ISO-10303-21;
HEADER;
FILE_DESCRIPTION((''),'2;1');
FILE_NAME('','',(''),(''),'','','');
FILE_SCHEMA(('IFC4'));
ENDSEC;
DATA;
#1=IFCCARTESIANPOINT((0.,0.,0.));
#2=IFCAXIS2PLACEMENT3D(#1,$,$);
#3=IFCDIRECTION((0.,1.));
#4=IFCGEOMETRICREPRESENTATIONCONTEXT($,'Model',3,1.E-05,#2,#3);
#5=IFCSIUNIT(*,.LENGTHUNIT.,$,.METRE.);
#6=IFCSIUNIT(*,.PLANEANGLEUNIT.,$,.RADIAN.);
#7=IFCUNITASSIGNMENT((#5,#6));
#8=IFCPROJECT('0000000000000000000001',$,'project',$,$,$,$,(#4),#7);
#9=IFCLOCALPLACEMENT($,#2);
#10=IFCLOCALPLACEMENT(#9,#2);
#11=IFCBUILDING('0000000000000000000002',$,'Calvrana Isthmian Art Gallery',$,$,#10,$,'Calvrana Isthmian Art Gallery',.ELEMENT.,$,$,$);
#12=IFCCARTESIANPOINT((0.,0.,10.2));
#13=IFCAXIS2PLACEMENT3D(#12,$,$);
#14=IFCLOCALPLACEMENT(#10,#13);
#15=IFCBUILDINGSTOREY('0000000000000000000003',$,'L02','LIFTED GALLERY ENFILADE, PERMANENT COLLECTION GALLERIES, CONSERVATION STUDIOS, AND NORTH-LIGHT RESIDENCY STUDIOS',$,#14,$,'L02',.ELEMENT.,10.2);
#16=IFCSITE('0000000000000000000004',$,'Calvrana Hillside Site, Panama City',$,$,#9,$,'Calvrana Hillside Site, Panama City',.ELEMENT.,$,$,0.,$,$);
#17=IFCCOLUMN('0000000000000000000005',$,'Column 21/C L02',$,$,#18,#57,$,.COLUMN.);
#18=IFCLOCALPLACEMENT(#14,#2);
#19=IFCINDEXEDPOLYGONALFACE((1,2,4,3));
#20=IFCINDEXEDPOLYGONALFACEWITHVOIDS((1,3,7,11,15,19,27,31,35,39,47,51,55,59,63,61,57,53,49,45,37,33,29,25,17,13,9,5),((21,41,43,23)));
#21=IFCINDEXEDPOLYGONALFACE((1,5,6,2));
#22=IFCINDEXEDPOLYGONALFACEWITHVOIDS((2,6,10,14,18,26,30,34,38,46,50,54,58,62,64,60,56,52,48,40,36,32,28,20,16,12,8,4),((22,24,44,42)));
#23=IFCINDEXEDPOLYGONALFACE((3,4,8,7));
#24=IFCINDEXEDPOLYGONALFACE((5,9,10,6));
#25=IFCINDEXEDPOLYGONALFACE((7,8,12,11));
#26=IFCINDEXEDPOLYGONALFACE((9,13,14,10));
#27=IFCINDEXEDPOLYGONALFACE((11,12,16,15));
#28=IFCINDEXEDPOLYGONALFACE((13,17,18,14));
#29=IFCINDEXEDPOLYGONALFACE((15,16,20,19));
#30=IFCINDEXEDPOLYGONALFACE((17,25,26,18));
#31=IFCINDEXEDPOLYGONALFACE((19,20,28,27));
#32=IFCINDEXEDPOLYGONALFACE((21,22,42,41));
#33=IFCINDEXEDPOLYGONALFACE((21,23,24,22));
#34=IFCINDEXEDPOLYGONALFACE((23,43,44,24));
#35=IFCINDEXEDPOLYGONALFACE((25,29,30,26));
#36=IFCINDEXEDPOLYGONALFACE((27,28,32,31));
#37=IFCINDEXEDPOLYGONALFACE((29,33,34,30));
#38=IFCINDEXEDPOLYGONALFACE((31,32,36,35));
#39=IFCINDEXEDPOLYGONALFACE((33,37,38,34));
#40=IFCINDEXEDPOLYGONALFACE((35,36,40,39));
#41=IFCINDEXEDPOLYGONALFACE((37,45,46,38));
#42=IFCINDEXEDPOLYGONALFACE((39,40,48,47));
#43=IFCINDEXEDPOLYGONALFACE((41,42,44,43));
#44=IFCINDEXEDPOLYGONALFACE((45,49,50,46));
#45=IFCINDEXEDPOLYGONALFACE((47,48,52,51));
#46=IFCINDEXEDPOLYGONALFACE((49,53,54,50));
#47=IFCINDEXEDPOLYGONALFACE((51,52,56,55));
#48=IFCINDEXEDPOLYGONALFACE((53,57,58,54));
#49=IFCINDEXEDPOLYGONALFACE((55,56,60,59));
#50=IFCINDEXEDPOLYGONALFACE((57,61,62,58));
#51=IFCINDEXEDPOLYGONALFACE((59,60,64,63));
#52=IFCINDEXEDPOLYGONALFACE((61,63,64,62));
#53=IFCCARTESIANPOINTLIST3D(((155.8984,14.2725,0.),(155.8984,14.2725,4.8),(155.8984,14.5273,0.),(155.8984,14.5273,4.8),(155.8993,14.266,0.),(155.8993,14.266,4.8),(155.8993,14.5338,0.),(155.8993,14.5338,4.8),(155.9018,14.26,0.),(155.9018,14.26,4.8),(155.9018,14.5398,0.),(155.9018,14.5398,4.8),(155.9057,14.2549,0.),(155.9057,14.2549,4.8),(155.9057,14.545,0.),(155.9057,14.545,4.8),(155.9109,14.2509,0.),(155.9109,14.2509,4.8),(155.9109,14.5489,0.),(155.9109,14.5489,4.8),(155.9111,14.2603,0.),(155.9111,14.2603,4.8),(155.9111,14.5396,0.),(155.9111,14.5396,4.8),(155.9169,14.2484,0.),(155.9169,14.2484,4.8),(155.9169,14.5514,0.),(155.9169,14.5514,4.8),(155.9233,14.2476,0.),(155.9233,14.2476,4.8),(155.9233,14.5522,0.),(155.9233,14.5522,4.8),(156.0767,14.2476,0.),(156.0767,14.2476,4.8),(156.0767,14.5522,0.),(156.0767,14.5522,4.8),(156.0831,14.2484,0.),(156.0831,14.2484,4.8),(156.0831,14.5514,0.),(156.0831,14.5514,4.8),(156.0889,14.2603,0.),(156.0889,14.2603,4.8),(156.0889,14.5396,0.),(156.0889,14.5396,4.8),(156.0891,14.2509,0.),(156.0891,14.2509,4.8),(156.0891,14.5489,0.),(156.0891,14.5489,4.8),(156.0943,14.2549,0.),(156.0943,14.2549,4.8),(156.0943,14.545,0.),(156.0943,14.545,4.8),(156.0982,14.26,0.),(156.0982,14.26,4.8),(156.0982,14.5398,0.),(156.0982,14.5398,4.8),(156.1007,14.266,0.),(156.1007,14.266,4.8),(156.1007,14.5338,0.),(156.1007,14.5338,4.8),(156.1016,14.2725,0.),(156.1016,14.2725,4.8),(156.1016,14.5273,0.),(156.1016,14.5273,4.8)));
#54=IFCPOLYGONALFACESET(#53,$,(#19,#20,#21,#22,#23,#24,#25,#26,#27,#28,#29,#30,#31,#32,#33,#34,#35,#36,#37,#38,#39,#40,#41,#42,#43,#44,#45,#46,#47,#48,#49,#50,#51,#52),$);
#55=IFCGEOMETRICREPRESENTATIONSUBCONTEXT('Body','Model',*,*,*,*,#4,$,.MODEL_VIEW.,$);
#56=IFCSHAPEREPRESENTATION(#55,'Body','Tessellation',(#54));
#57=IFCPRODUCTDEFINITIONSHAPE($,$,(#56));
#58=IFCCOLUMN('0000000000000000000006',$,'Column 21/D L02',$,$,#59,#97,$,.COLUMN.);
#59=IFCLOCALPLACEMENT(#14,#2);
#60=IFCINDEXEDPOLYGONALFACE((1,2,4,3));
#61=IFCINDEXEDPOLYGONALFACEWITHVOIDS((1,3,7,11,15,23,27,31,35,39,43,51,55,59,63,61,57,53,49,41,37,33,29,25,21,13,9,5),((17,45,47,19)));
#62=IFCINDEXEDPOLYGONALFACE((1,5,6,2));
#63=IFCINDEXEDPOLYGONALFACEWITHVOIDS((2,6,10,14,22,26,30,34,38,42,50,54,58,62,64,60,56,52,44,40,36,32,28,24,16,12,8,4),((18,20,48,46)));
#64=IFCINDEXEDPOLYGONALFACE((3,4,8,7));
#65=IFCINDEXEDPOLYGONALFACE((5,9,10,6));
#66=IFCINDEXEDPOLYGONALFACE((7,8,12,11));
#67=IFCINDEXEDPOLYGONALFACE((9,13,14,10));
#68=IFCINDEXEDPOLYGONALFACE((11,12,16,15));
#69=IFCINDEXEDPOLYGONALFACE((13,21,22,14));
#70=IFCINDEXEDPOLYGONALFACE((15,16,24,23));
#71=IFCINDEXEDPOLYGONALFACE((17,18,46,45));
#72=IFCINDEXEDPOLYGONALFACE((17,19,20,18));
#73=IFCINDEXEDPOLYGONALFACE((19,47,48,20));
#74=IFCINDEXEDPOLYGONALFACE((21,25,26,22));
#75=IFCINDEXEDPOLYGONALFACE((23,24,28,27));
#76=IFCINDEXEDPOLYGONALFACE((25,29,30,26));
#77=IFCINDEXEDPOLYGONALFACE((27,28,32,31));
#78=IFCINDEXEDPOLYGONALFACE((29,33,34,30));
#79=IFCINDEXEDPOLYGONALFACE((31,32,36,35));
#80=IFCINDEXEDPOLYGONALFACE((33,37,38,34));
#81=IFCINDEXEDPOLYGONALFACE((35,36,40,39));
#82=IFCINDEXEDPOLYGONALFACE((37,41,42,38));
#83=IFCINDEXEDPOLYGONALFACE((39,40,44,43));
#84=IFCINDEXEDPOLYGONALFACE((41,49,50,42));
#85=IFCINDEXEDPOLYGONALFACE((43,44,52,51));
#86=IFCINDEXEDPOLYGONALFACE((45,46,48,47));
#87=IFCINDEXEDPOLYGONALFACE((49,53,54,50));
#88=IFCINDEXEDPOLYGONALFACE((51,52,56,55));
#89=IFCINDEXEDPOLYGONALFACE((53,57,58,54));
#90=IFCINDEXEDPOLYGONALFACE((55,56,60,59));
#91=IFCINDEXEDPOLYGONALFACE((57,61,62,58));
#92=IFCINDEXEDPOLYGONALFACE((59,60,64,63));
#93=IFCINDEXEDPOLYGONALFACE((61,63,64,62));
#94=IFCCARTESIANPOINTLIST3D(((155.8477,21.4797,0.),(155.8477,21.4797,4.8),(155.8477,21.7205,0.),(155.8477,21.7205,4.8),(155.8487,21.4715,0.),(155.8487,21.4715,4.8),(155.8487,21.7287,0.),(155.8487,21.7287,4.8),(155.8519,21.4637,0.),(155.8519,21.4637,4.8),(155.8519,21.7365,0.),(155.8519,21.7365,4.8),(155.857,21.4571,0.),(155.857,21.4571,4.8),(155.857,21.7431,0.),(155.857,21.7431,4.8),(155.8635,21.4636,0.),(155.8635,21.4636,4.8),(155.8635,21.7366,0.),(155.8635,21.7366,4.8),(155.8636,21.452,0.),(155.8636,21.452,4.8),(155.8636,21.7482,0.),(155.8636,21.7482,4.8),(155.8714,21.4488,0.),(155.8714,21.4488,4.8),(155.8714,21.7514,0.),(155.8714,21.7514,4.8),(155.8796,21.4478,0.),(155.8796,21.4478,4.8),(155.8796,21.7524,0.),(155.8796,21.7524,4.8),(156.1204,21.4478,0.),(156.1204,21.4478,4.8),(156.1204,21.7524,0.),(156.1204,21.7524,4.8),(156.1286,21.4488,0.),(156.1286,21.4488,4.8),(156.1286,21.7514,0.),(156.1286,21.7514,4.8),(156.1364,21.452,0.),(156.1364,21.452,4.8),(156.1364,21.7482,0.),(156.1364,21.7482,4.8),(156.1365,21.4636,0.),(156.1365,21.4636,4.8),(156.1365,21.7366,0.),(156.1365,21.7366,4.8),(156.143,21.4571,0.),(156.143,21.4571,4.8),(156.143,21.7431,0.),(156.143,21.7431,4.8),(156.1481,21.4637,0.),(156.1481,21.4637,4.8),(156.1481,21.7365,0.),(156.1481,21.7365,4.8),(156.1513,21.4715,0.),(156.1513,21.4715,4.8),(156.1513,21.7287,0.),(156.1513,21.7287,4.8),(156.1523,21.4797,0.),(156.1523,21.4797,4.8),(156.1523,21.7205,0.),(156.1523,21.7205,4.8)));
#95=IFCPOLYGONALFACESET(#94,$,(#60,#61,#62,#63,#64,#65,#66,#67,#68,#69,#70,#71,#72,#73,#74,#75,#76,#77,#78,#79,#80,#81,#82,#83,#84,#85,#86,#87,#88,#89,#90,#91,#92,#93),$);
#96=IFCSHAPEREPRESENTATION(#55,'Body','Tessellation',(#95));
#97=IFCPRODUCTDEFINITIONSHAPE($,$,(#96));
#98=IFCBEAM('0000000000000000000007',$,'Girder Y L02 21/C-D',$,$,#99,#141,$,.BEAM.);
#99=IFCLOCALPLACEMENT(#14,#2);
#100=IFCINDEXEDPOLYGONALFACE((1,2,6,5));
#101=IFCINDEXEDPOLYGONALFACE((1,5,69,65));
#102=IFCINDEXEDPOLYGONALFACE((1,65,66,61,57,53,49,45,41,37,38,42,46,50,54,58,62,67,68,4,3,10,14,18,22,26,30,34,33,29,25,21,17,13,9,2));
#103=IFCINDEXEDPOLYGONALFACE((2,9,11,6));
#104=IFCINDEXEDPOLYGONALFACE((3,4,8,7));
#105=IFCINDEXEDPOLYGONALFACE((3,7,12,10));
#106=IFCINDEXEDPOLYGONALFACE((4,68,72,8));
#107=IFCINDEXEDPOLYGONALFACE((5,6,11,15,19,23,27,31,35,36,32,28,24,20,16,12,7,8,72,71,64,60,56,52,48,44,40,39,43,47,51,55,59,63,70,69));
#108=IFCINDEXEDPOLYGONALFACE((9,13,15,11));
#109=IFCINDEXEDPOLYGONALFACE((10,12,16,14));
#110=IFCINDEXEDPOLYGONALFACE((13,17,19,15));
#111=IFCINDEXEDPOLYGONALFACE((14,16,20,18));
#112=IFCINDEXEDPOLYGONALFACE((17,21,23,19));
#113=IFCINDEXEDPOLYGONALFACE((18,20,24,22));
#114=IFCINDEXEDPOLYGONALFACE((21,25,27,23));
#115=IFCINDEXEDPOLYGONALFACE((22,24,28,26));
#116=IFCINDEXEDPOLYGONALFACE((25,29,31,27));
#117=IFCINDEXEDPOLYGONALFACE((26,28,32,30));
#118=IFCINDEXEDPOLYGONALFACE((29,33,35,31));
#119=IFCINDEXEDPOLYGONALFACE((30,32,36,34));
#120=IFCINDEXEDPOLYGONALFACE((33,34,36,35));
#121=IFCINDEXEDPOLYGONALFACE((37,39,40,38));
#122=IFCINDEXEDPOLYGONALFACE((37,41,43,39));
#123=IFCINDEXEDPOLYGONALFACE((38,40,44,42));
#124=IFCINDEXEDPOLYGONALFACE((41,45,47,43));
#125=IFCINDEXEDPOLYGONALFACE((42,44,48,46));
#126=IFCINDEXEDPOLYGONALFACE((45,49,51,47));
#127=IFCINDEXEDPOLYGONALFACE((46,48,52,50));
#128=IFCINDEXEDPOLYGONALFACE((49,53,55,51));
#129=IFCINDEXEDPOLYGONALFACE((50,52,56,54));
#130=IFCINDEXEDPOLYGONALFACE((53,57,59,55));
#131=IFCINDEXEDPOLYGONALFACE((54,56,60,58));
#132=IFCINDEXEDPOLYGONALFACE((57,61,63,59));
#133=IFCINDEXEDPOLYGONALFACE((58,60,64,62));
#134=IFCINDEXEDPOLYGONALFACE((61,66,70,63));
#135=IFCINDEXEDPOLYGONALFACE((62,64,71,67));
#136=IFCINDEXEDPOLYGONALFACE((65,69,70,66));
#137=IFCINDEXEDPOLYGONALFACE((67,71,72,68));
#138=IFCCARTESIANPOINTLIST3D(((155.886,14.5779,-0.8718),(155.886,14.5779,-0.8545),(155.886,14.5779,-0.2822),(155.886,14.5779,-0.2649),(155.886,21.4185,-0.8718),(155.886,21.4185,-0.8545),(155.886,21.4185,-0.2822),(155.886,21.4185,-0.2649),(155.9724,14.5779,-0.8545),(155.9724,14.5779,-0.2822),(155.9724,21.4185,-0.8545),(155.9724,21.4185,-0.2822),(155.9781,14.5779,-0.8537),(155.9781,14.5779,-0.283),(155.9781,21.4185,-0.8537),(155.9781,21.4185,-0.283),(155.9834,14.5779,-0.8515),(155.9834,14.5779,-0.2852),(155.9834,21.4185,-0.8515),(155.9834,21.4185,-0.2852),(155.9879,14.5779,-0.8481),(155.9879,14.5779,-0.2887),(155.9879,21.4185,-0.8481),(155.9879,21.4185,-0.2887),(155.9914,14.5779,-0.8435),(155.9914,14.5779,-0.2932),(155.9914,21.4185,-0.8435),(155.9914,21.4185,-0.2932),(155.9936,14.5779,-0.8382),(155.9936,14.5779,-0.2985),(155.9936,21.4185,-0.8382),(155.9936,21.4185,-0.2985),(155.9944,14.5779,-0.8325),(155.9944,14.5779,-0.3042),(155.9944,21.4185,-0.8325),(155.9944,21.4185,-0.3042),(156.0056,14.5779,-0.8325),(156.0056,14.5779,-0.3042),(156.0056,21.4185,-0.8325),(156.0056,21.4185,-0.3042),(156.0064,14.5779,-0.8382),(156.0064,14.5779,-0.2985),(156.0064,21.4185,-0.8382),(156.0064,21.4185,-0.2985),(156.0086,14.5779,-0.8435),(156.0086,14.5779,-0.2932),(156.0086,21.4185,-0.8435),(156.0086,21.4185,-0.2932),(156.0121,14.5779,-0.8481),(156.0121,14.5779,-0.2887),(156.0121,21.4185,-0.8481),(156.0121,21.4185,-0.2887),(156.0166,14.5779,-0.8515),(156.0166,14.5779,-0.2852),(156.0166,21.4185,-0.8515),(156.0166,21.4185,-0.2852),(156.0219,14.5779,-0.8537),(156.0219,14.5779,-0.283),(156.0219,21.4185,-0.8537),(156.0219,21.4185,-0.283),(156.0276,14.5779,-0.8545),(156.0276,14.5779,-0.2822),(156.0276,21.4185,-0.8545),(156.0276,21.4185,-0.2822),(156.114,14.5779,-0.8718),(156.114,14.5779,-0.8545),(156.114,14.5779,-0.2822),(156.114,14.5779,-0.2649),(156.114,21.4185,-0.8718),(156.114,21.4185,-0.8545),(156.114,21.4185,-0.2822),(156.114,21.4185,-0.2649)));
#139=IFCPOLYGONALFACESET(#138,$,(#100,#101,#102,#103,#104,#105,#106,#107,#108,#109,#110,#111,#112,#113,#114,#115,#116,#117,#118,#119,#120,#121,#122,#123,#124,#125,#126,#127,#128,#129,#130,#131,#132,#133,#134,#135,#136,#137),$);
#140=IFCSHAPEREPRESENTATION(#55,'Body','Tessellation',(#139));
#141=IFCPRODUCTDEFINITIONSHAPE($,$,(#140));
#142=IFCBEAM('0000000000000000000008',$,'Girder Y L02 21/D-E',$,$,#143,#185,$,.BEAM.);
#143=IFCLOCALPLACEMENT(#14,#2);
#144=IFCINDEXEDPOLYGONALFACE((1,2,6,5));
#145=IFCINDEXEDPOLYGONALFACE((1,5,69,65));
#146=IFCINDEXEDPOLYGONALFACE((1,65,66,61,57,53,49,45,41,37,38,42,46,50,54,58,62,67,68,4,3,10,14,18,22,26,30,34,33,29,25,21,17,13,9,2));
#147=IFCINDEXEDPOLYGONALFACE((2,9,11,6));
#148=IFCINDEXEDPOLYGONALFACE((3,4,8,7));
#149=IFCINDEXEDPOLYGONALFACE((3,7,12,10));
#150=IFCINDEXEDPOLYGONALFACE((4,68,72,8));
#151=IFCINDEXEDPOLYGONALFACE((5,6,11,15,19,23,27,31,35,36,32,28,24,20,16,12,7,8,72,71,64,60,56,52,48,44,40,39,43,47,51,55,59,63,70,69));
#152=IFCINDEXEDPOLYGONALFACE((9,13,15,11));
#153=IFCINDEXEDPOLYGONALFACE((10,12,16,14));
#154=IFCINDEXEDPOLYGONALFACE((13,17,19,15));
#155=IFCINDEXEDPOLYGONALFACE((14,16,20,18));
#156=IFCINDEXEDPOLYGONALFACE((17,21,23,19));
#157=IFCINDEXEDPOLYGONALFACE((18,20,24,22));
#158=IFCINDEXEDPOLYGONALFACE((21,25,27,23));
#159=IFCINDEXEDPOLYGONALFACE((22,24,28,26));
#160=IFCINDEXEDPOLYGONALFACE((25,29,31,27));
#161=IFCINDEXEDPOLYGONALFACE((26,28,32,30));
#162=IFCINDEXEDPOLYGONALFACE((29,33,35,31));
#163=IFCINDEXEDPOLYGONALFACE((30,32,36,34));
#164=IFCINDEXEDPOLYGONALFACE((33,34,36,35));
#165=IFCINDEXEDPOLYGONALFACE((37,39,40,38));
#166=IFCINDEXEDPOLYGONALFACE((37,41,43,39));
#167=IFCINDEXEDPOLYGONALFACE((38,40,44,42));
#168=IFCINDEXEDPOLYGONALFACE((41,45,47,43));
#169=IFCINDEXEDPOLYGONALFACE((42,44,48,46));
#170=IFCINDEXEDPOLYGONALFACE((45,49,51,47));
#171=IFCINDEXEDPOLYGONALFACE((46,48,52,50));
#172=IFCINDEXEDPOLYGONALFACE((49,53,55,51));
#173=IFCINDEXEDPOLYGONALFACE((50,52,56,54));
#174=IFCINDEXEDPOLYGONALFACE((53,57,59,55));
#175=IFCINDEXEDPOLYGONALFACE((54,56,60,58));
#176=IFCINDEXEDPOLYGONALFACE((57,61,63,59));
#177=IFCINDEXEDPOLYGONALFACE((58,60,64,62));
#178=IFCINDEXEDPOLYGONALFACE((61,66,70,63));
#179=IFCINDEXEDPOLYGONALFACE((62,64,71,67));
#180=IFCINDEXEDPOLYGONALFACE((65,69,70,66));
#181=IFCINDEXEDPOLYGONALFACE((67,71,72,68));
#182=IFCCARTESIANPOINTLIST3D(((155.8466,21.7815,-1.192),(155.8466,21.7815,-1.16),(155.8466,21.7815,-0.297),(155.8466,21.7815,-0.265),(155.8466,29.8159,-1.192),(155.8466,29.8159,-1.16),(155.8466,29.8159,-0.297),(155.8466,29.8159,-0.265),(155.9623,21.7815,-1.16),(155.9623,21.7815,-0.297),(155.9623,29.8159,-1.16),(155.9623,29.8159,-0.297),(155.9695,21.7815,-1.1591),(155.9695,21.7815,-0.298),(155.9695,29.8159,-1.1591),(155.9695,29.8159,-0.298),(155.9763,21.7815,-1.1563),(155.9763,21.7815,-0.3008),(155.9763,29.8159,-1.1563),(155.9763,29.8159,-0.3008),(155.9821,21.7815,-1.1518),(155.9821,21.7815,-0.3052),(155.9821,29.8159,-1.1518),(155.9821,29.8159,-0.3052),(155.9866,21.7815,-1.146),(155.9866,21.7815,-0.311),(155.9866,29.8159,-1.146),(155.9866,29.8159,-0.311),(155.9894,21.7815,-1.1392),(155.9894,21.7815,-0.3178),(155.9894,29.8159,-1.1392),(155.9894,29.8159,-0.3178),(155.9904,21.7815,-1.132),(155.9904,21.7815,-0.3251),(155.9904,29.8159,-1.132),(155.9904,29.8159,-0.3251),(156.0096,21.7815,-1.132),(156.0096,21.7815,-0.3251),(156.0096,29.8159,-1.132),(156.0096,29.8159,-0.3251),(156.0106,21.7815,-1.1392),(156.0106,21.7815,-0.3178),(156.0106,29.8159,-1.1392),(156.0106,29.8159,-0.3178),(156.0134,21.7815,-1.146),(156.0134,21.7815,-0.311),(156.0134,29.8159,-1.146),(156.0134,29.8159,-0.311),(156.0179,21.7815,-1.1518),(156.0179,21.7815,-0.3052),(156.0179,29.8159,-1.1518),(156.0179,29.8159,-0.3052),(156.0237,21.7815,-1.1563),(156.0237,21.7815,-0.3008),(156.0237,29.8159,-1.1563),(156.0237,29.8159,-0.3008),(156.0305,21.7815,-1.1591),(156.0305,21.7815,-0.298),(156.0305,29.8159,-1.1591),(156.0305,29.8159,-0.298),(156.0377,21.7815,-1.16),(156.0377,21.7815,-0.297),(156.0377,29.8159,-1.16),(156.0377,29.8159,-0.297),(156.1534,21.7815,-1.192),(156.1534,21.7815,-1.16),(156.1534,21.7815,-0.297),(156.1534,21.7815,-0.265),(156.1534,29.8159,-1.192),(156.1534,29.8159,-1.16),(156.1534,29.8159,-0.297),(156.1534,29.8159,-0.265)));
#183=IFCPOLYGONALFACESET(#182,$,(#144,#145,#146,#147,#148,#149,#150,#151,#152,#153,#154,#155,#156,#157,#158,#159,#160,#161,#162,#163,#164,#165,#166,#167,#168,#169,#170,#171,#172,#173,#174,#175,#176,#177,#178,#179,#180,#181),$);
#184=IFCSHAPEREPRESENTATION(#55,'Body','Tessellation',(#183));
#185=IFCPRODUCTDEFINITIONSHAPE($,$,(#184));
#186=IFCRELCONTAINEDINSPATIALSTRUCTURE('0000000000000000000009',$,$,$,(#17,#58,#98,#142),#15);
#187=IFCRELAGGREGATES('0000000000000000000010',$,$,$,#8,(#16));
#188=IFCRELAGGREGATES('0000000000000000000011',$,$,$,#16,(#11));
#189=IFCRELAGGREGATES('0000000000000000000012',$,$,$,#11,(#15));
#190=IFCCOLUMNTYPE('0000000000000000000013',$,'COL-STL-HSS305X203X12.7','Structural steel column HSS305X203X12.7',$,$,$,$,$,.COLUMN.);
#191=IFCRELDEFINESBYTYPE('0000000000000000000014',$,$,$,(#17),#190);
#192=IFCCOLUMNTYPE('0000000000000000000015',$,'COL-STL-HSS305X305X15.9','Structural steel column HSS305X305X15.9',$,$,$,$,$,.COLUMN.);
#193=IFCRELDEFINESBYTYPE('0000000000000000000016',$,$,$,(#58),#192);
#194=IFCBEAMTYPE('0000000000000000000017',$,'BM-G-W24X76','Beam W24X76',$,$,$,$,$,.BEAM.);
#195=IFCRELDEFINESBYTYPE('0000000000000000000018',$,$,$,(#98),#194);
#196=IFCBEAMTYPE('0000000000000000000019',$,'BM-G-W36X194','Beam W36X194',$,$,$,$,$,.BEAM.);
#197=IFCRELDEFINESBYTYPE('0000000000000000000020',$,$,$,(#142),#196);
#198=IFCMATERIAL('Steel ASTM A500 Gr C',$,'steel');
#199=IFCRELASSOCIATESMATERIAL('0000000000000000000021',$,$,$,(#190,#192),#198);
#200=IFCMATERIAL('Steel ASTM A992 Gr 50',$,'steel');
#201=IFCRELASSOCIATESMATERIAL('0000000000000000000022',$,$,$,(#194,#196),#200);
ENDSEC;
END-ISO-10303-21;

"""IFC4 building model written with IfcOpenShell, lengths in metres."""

from ifc_helpers import new_model, si_unit, direction, frame, origin, origin_2d, place, context, subcontext, project, spatial, hollow_rectangle, i_section, extrude, material, material_profile, profile_set, type_object, element, save


model = new_model("IFC4")

# Units and contexts
model_context = context("Model", 3, precision=1e-05, world=origin(), true_north=direction((0.0, 1.0)))
body_context = subcontext(model_context, "Body", "Model", "MODEL_VIEW")
ifc_project = project(units=[si_unit("LENGTHUNIT", "METRE"), si_unit("PLANEANGLEUNIT", "RADIAN")], contexts=[model_context])

# Site, building, storey
site_placement = place(None, origin())
site = spatial("IfcSite", under=ifc_project, at=site_placement, Name="Calvrana Hillside Site, Panama City", LongName="Calvrana Hillside Site, Panama City", CompositionType="ELEMENT", RefElevation=0.0)
building_placement = place(site_placement, origin())
building = spatial("IfcBuilding", under=site, at=building_placement, Name="Calvrana Isthmian Art Gallery", LongName="Calvrana Isthmian Art Gallery", CompositionType="ELEMENT")
storey_placement = place(building_placement, frame((0.0, 0.0, 10.2)))
storey = spatial("IfcBuildingStorey", under=building, at=storey_placement, Name="L02", Description="LIFTED GALLERY ENFILADE, PERMANENT COLLECTION GALLERIES, CONSERVATION STUDIOS, AND NORTH-LIGHT RESIDENCY STUDIOS", LongName="L02", CompositionType="ELEMENT", Elevation=10.2)

# Columns
ifc_material_1 = material(Name="Steel ASTM A500 Gr C", Category="steel")
ifc_material_profile_1 = material_profile(ifc_material_1, hollow_rectangle(XDim=0.2031, YDim=0.3047, WallThickness=0.0127, OuterFilletRadius=0.0249, at=origin_2d()), Name="HSS305X203X12.7")
ifc_profile_set_1 = profile_set([ifc_material_profile_1], Name="Steel ASTM A500 Gr C")
column_type_1 = type_object("IfcColumnType", Name="COL-STL-HSS305X203X12.7", Description="Structural steel column HSS305X203X12.7", PredefinedType="COLUMN", material=ifc_profile_set_1)
column_1_placement = place(storey_placement, frame((156.0, 14.3999, 0.0), z_axis=(0.0, 0.0, 1.0), x_axis=(1.0, 0.0, 0.0)))
element("IfcColumn", 1, at=column_1_placement, inside=storey, type_object=column_type_1, Name="Column 21/C L02", PredefinedType="COLUMN", context=body_context, shape_type="SweptSolid", body=[
    extrude(hollow_rectangle(XDim=0.2031, YDim=0.3047, WallThickness=0.0127, OuterFilletRadius=0.0249, at=origin_2d()), origin(), (0.0, 0.0, 1.0), 4.8),
])
ifc_material_profile_2 = material_profile(ifc_material_1, hollow_rectangle(XDim=0.3047, YDim=0.3047, WallThickness=0.0159, OuterFilletRadius=0.032, at=origin_2d()), Name="HSS305X305X15.9")
ifc_profile_set_2 = profile_set([ifc_material_profile_2], Name="Steel ASTM A500 Gr C")
column_type_2 = type_object("IfcColumnType", Name="COL-STL-HSS305X305X15.9", Description="Structural steel column HSS305X305X15.9", PredefinedType="COLUMN", material=ifc_profile_set_2)
column_2_placement = place(storey_placement, frame((156.0, 21.6001, 0.0), z_axis=(0.0, 0.0, 1.0), x_axis=(1.0, 0.0, 0.0)))
element("IfcColumn", 2, at=column_2_placement, inside=storey, type_object=column_type_2, Name="Column 21/D L02", PredefinedType="COLUMN", context=body_context, shape_type="SweptSolid", body=[
    extrude(hollow_rectangle(XDim=0.3047, YDim=0.3047, WallThickness=0.0159, OuterFilletRadius=0.032, at=origin_2d()), origin(), (0.0, 0.0, 1.0), 4.8),
])

# Beams
ifc_material_2 = material(Name="Steel ASTM A992 Gr 50", Category="steel")
ifc_material_profile_3 = material_profile(ifc_material_2, i_section(OverallWidth=0.228, OverallDepth=0.6069, WebThickness=0.0112, FlangeThickness=0.0173, FilletRadius=0.022, at=origin_2d()), Name="W24X76")
ifc_profile_set_3 = profile_set([ifc_material_profile_3], Name="Steel ASTM A992 Gr 50")
beam_type_1 = type_object("IfcBeamType", Name="BM-G-W24X76", Description="Beam W24X76", PredefinedType="BEAM", material=ifc_profile_set_3)
beam_1_placement = place(storey_placement, frame((156.0, 14.5779, -0.5684), z_axis=(0.0, 1.0, 0.0), x_axis=(-1.0, 0.0, 0.0)))
element("IfcBeam", 3, at=beam_1_placement, inside=storey, type_object=beam_type_1, Name="Girder Y L02 21/C-D", PredefinedType="BEAM", context=body_context, shape_type="SweptSolid", body=[
    extrude(i_section(OverallWidth=0.228, OverallDepth=0.6069, WebThickness=0.0112, FlangeThickness=0.0173, FilletRadius=0.022, at=origin_2d()), origin(), (0.0, 0.0, 1.0), 6.8406),
])
ifc_material_profile_4 = material_profile(ifc_material_2, i_section(OverallWidth=0.3069, OverallDepth=0.927, WebThickness=0.0193, FlangeThickness=0.032, FilletRadius=0.0281, at=origin_2d()), Name="W36X194")
ifc_profile_set_4 = profile_set([ifc_material_profile_4], Name="Steel ASTM A992 Gr 50")
beam_type_2 = type_object("IfcBeamType", Name="BM-G-W36X194", Description="Beam W36X194", PredefinedType="BEAM", material=ifc_profile_set_4)
beam_2_placement = place(storey_placement, frame((156.0, 21.7815, -0.7285), z_axis=(0.0, 1.0, 0.0), x_axis=(-1.0, 0.0, 0.0)))
element("IfcBeam", 4, at=beam_2_placement, inside=storey, type_object=beam_type_2, Name="Girder Y L02 21/D-E", PredefinedType="BEAM", context=body_context, shape_type="SweptSolid", body=[
    extrude(i_section(OverallWidth=0.3069, OverallDepth=0.927, WebThickness=0.0193, FlangeThickness=0.032, FilletRadius=0.0281, at=origin_2d()), origin(), (0.0, 0.0, 1.0), 8.0344),
])

save(model, "model.ifc")
